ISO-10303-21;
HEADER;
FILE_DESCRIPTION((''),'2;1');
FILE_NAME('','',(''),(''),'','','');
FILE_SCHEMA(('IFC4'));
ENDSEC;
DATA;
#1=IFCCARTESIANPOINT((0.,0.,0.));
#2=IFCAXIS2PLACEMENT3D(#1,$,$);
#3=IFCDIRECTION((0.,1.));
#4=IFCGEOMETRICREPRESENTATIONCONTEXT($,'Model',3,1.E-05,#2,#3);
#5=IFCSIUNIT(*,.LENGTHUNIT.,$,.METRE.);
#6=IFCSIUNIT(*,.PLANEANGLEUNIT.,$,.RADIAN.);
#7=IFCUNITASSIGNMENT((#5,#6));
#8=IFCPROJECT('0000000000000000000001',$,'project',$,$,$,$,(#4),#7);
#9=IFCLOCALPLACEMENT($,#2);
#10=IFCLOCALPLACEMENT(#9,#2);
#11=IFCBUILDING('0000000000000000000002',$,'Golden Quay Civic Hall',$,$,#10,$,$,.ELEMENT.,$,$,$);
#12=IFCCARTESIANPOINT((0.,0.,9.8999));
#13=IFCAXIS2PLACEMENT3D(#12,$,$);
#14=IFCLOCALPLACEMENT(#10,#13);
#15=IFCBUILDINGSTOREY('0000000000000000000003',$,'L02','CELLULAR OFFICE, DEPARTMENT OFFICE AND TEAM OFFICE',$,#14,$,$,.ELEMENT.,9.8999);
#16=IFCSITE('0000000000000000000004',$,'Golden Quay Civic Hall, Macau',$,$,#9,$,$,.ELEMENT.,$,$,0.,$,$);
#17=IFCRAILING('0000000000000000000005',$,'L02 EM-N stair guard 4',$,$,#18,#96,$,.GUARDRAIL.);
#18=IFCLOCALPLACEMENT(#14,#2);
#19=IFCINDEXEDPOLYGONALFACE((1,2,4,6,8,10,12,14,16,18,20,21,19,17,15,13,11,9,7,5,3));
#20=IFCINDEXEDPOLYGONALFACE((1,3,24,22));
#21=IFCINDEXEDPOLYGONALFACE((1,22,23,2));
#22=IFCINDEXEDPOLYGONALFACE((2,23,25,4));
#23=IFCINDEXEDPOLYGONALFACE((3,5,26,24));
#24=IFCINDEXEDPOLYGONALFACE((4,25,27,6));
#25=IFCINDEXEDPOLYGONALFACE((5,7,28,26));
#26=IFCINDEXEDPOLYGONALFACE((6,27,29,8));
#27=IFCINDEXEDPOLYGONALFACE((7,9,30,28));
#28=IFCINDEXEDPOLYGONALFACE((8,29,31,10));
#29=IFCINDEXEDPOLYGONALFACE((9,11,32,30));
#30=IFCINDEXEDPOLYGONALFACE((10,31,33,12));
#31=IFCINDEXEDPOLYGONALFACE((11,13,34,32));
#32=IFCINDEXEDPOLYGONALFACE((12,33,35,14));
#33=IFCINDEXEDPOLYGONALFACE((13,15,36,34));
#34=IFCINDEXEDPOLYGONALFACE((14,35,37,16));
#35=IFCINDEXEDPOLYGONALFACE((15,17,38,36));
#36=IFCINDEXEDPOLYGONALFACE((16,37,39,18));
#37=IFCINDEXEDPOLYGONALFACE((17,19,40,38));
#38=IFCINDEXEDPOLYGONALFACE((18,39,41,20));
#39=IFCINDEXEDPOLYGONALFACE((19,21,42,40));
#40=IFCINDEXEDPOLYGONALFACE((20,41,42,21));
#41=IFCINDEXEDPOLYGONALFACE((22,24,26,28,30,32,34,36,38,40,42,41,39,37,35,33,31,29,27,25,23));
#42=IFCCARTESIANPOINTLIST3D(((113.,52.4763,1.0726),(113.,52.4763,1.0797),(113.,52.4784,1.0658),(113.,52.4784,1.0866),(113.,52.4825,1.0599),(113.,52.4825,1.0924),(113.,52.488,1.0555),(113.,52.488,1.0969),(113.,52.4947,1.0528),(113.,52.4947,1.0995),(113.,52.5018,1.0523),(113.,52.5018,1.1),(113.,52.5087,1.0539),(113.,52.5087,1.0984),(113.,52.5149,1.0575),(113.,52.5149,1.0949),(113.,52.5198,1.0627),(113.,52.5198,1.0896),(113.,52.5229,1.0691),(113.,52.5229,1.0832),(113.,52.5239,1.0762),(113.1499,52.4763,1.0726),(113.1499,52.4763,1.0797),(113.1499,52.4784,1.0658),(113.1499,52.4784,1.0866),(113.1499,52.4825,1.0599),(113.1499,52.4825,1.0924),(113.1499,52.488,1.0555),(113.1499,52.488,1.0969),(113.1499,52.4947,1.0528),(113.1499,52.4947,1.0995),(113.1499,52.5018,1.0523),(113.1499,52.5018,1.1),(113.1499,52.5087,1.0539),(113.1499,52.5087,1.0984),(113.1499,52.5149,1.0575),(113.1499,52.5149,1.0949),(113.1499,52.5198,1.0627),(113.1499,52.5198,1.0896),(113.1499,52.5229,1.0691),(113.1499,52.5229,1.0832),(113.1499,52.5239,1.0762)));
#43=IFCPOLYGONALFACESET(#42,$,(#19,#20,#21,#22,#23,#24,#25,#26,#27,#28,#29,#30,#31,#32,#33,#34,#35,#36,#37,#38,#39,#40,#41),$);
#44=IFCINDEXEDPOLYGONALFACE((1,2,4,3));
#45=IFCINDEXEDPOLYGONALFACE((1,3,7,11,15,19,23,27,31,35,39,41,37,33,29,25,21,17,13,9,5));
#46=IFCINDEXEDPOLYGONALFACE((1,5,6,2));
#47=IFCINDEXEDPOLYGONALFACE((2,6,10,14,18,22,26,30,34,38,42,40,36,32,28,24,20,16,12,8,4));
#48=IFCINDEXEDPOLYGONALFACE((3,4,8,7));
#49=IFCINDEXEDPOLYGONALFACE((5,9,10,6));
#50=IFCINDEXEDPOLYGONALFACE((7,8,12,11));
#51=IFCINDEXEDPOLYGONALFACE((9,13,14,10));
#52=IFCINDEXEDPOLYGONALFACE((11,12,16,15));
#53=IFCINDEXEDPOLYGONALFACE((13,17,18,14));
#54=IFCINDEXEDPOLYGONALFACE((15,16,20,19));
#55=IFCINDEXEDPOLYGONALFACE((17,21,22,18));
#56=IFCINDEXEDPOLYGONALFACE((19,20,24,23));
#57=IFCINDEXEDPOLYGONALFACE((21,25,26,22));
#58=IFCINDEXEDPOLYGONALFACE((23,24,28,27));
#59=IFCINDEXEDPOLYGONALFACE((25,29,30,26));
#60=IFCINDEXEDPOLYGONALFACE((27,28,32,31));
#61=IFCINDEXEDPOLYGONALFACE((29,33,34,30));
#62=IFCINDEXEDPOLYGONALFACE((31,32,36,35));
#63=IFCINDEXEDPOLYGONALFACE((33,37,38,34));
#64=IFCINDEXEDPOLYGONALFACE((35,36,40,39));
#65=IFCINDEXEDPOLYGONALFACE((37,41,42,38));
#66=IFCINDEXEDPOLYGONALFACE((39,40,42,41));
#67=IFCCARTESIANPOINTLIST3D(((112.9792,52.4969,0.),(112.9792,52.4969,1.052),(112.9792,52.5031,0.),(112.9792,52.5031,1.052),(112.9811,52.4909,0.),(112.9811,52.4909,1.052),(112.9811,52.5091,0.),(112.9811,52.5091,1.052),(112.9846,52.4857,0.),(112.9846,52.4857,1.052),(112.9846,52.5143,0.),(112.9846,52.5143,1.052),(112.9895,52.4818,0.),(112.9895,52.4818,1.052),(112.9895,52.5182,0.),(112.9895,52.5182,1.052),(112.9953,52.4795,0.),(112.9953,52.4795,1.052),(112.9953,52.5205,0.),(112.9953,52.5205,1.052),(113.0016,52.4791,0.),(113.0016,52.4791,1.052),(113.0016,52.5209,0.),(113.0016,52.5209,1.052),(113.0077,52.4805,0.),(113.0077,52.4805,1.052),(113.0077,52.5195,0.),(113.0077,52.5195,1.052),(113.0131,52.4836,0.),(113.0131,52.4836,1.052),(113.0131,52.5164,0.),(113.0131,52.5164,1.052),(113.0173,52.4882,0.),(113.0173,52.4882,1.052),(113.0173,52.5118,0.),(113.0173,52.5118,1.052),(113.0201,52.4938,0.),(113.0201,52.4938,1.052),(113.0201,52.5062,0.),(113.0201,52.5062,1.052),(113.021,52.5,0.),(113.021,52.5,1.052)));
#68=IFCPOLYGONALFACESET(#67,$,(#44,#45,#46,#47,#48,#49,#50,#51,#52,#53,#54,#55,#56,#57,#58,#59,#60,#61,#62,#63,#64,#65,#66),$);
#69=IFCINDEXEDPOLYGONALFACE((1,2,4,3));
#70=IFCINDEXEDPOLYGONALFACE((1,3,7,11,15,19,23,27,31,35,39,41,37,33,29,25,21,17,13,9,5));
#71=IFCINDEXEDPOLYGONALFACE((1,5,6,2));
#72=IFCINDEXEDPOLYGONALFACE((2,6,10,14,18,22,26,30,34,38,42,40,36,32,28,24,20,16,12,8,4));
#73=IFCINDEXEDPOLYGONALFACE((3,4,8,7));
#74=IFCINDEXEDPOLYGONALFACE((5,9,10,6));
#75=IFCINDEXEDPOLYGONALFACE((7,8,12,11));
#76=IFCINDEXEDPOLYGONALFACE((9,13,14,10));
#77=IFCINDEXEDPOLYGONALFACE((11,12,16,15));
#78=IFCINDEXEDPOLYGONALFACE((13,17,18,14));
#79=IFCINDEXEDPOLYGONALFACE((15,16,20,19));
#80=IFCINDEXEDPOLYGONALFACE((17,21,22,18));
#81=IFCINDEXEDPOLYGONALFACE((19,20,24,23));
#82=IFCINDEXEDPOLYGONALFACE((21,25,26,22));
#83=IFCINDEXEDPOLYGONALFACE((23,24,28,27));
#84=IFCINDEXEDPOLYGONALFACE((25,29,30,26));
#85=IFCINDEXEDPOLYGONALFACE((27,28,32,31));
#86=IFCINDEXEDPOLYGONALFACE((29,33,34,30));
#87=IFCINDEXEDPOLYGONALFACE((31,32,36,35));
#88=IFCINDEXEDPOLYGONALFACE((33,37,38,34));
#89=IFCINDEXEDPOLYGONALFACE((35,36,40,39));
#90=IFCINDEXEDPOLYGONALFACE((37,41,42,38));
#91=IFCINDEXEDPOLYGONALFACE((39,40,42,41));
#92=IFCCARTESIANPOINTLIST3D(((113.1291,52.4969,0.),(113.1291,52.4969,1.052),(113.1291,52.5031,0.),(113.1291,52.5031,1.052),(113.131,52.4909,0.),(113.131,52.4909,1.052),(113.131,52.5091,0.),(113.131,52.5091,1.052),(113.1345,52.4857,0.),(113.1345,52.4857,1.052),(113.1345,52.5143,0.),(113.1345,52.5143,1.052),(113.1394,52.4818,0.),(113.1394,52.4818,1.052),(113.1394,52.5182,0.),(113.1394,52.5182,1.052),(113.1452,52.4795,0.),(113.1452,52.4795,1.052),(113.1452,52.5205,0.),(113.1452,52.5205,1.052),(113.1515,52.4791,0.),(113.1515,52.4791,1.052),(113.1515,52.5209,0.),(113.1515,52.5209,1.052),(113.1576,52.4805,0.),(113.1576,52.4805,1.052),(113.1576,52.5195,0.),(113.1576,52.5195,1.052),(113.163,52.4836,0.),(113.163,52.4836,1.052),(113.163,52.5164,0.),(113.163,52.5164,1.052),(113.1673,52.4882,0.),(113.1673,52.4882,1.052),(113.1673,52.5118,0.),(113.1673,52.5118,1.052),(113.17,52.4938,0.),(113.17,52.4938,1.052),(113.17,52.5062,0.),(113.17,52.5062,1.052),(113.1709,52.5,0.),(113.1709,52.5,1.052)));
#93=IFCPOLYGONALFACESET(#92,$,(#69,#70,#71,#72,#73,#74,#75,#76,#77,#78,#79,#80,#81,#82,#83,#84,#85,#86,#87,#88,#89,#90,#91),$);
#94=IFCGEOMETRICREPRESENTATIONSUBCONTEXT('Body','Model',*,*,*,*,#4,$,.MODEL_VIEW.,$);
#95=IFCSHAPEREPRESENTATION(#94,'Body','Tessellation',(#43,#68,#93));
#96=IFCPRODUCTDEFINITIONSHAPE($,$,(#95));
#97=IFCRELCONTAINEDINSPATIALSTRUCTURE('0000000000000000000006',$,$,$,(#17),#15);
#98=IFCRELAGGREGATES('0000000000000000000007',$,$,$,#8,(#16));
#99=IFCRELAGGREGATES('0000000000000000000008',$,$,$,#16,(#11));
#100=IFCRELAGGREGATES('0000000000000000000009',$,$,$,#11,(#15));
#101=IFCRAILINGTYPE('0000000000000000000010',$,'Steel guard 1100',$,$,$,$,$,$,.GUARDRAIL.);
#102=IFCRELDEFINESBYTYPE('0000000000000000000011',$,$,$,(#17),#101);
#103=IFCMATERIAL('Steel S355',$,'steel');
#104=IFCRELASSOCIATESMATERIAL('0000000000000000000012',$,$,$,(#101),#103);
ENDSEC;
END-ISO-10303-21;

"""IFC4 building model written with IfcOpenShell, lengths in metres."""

from ifc_helpers import new_model, si_unit, direction, frame, origin, origin_2d, place, context, subcontext, project, spatial, circle, extrude, material, type_object, element, save


model = new_model("IFC4")

# Units and contexts
model_context = context("Model", 3, precision=1e-05, world=origin(), true_north=direction((0.0, 1.0)))
body_context = subcontext(model_context, "Body", "Model", "MODEL_VIEW")
ifc_project = project(units=[si_unit("LENGTHUNIT", "METRE"), si_unit("PLANEANGLEUNIT", "RADIAN")], contexts=[model_context])

# Site, building, storey
site_placement = place(None, origin())
site = spatial("IfcSite", under=ifc_project, at=site_placement, Name="Golden Quay Civic Hall, Macau", CompositionType="ELEMENT", RefElevation=0.0)
building_placement = place(site_placement, origin())
building = spatial("IfcBuilding", under=site, at=building_placement, Name="Golden Quay Civic Hall", CompositionType="ELEMENT")
storey_placement = place(building_placement, frame((0.0, 0.0, 9.8999)))
storey = spatial("IfcBuildingStorey", under=building, at=storey_placement, Name="L02", Description="CELLULAR OFFICE, DEPARTMENT OFFICE AND TEAM OFFICE", CompositionType="ELEMENT", Elevation=9.8999)

# Railing
ifc_material_1 = material(Name="Steel S355", Category="steel")
railing_type_1 = type_object("IfcRailingType", Name="Steel guard 1100", PredefinedType="GUARDRAIL", material=ifc_material_1)
railing_1_placement = place(storey_placement, frame((113.0, 52.5, 0.0)))
element("IfcRailing", 1, at=railing_1_placement, inside=storey, type_object=railing_type_1, Name="L02 EM-N stair guard 4", PredefinedType="GUARDRAIL", context=body_context, shape_type="SweptSolid", body=[
    extrude(circle(Radius=0.0239, at=origin_2d()), frame((0.0, 0.0, 1.0762), z_axis=(1.0, 0.0, 0.0), x_axis=(0.0, 1.0, 0.0)), (0.0, 0.0, 1.0), 0.1499),
    extrude(circle(Radius=0.021, at=origin_2d()), origin(), (0.0, 0.0, 1.0), 1.052),
    extrude(circle(Radius=0.021, at=origin_2d()), frame((0.1499, 0.0, 0.0)), (0.0, 0.0, 1.0), 1.052),
])

save(model, "model.ifc")
